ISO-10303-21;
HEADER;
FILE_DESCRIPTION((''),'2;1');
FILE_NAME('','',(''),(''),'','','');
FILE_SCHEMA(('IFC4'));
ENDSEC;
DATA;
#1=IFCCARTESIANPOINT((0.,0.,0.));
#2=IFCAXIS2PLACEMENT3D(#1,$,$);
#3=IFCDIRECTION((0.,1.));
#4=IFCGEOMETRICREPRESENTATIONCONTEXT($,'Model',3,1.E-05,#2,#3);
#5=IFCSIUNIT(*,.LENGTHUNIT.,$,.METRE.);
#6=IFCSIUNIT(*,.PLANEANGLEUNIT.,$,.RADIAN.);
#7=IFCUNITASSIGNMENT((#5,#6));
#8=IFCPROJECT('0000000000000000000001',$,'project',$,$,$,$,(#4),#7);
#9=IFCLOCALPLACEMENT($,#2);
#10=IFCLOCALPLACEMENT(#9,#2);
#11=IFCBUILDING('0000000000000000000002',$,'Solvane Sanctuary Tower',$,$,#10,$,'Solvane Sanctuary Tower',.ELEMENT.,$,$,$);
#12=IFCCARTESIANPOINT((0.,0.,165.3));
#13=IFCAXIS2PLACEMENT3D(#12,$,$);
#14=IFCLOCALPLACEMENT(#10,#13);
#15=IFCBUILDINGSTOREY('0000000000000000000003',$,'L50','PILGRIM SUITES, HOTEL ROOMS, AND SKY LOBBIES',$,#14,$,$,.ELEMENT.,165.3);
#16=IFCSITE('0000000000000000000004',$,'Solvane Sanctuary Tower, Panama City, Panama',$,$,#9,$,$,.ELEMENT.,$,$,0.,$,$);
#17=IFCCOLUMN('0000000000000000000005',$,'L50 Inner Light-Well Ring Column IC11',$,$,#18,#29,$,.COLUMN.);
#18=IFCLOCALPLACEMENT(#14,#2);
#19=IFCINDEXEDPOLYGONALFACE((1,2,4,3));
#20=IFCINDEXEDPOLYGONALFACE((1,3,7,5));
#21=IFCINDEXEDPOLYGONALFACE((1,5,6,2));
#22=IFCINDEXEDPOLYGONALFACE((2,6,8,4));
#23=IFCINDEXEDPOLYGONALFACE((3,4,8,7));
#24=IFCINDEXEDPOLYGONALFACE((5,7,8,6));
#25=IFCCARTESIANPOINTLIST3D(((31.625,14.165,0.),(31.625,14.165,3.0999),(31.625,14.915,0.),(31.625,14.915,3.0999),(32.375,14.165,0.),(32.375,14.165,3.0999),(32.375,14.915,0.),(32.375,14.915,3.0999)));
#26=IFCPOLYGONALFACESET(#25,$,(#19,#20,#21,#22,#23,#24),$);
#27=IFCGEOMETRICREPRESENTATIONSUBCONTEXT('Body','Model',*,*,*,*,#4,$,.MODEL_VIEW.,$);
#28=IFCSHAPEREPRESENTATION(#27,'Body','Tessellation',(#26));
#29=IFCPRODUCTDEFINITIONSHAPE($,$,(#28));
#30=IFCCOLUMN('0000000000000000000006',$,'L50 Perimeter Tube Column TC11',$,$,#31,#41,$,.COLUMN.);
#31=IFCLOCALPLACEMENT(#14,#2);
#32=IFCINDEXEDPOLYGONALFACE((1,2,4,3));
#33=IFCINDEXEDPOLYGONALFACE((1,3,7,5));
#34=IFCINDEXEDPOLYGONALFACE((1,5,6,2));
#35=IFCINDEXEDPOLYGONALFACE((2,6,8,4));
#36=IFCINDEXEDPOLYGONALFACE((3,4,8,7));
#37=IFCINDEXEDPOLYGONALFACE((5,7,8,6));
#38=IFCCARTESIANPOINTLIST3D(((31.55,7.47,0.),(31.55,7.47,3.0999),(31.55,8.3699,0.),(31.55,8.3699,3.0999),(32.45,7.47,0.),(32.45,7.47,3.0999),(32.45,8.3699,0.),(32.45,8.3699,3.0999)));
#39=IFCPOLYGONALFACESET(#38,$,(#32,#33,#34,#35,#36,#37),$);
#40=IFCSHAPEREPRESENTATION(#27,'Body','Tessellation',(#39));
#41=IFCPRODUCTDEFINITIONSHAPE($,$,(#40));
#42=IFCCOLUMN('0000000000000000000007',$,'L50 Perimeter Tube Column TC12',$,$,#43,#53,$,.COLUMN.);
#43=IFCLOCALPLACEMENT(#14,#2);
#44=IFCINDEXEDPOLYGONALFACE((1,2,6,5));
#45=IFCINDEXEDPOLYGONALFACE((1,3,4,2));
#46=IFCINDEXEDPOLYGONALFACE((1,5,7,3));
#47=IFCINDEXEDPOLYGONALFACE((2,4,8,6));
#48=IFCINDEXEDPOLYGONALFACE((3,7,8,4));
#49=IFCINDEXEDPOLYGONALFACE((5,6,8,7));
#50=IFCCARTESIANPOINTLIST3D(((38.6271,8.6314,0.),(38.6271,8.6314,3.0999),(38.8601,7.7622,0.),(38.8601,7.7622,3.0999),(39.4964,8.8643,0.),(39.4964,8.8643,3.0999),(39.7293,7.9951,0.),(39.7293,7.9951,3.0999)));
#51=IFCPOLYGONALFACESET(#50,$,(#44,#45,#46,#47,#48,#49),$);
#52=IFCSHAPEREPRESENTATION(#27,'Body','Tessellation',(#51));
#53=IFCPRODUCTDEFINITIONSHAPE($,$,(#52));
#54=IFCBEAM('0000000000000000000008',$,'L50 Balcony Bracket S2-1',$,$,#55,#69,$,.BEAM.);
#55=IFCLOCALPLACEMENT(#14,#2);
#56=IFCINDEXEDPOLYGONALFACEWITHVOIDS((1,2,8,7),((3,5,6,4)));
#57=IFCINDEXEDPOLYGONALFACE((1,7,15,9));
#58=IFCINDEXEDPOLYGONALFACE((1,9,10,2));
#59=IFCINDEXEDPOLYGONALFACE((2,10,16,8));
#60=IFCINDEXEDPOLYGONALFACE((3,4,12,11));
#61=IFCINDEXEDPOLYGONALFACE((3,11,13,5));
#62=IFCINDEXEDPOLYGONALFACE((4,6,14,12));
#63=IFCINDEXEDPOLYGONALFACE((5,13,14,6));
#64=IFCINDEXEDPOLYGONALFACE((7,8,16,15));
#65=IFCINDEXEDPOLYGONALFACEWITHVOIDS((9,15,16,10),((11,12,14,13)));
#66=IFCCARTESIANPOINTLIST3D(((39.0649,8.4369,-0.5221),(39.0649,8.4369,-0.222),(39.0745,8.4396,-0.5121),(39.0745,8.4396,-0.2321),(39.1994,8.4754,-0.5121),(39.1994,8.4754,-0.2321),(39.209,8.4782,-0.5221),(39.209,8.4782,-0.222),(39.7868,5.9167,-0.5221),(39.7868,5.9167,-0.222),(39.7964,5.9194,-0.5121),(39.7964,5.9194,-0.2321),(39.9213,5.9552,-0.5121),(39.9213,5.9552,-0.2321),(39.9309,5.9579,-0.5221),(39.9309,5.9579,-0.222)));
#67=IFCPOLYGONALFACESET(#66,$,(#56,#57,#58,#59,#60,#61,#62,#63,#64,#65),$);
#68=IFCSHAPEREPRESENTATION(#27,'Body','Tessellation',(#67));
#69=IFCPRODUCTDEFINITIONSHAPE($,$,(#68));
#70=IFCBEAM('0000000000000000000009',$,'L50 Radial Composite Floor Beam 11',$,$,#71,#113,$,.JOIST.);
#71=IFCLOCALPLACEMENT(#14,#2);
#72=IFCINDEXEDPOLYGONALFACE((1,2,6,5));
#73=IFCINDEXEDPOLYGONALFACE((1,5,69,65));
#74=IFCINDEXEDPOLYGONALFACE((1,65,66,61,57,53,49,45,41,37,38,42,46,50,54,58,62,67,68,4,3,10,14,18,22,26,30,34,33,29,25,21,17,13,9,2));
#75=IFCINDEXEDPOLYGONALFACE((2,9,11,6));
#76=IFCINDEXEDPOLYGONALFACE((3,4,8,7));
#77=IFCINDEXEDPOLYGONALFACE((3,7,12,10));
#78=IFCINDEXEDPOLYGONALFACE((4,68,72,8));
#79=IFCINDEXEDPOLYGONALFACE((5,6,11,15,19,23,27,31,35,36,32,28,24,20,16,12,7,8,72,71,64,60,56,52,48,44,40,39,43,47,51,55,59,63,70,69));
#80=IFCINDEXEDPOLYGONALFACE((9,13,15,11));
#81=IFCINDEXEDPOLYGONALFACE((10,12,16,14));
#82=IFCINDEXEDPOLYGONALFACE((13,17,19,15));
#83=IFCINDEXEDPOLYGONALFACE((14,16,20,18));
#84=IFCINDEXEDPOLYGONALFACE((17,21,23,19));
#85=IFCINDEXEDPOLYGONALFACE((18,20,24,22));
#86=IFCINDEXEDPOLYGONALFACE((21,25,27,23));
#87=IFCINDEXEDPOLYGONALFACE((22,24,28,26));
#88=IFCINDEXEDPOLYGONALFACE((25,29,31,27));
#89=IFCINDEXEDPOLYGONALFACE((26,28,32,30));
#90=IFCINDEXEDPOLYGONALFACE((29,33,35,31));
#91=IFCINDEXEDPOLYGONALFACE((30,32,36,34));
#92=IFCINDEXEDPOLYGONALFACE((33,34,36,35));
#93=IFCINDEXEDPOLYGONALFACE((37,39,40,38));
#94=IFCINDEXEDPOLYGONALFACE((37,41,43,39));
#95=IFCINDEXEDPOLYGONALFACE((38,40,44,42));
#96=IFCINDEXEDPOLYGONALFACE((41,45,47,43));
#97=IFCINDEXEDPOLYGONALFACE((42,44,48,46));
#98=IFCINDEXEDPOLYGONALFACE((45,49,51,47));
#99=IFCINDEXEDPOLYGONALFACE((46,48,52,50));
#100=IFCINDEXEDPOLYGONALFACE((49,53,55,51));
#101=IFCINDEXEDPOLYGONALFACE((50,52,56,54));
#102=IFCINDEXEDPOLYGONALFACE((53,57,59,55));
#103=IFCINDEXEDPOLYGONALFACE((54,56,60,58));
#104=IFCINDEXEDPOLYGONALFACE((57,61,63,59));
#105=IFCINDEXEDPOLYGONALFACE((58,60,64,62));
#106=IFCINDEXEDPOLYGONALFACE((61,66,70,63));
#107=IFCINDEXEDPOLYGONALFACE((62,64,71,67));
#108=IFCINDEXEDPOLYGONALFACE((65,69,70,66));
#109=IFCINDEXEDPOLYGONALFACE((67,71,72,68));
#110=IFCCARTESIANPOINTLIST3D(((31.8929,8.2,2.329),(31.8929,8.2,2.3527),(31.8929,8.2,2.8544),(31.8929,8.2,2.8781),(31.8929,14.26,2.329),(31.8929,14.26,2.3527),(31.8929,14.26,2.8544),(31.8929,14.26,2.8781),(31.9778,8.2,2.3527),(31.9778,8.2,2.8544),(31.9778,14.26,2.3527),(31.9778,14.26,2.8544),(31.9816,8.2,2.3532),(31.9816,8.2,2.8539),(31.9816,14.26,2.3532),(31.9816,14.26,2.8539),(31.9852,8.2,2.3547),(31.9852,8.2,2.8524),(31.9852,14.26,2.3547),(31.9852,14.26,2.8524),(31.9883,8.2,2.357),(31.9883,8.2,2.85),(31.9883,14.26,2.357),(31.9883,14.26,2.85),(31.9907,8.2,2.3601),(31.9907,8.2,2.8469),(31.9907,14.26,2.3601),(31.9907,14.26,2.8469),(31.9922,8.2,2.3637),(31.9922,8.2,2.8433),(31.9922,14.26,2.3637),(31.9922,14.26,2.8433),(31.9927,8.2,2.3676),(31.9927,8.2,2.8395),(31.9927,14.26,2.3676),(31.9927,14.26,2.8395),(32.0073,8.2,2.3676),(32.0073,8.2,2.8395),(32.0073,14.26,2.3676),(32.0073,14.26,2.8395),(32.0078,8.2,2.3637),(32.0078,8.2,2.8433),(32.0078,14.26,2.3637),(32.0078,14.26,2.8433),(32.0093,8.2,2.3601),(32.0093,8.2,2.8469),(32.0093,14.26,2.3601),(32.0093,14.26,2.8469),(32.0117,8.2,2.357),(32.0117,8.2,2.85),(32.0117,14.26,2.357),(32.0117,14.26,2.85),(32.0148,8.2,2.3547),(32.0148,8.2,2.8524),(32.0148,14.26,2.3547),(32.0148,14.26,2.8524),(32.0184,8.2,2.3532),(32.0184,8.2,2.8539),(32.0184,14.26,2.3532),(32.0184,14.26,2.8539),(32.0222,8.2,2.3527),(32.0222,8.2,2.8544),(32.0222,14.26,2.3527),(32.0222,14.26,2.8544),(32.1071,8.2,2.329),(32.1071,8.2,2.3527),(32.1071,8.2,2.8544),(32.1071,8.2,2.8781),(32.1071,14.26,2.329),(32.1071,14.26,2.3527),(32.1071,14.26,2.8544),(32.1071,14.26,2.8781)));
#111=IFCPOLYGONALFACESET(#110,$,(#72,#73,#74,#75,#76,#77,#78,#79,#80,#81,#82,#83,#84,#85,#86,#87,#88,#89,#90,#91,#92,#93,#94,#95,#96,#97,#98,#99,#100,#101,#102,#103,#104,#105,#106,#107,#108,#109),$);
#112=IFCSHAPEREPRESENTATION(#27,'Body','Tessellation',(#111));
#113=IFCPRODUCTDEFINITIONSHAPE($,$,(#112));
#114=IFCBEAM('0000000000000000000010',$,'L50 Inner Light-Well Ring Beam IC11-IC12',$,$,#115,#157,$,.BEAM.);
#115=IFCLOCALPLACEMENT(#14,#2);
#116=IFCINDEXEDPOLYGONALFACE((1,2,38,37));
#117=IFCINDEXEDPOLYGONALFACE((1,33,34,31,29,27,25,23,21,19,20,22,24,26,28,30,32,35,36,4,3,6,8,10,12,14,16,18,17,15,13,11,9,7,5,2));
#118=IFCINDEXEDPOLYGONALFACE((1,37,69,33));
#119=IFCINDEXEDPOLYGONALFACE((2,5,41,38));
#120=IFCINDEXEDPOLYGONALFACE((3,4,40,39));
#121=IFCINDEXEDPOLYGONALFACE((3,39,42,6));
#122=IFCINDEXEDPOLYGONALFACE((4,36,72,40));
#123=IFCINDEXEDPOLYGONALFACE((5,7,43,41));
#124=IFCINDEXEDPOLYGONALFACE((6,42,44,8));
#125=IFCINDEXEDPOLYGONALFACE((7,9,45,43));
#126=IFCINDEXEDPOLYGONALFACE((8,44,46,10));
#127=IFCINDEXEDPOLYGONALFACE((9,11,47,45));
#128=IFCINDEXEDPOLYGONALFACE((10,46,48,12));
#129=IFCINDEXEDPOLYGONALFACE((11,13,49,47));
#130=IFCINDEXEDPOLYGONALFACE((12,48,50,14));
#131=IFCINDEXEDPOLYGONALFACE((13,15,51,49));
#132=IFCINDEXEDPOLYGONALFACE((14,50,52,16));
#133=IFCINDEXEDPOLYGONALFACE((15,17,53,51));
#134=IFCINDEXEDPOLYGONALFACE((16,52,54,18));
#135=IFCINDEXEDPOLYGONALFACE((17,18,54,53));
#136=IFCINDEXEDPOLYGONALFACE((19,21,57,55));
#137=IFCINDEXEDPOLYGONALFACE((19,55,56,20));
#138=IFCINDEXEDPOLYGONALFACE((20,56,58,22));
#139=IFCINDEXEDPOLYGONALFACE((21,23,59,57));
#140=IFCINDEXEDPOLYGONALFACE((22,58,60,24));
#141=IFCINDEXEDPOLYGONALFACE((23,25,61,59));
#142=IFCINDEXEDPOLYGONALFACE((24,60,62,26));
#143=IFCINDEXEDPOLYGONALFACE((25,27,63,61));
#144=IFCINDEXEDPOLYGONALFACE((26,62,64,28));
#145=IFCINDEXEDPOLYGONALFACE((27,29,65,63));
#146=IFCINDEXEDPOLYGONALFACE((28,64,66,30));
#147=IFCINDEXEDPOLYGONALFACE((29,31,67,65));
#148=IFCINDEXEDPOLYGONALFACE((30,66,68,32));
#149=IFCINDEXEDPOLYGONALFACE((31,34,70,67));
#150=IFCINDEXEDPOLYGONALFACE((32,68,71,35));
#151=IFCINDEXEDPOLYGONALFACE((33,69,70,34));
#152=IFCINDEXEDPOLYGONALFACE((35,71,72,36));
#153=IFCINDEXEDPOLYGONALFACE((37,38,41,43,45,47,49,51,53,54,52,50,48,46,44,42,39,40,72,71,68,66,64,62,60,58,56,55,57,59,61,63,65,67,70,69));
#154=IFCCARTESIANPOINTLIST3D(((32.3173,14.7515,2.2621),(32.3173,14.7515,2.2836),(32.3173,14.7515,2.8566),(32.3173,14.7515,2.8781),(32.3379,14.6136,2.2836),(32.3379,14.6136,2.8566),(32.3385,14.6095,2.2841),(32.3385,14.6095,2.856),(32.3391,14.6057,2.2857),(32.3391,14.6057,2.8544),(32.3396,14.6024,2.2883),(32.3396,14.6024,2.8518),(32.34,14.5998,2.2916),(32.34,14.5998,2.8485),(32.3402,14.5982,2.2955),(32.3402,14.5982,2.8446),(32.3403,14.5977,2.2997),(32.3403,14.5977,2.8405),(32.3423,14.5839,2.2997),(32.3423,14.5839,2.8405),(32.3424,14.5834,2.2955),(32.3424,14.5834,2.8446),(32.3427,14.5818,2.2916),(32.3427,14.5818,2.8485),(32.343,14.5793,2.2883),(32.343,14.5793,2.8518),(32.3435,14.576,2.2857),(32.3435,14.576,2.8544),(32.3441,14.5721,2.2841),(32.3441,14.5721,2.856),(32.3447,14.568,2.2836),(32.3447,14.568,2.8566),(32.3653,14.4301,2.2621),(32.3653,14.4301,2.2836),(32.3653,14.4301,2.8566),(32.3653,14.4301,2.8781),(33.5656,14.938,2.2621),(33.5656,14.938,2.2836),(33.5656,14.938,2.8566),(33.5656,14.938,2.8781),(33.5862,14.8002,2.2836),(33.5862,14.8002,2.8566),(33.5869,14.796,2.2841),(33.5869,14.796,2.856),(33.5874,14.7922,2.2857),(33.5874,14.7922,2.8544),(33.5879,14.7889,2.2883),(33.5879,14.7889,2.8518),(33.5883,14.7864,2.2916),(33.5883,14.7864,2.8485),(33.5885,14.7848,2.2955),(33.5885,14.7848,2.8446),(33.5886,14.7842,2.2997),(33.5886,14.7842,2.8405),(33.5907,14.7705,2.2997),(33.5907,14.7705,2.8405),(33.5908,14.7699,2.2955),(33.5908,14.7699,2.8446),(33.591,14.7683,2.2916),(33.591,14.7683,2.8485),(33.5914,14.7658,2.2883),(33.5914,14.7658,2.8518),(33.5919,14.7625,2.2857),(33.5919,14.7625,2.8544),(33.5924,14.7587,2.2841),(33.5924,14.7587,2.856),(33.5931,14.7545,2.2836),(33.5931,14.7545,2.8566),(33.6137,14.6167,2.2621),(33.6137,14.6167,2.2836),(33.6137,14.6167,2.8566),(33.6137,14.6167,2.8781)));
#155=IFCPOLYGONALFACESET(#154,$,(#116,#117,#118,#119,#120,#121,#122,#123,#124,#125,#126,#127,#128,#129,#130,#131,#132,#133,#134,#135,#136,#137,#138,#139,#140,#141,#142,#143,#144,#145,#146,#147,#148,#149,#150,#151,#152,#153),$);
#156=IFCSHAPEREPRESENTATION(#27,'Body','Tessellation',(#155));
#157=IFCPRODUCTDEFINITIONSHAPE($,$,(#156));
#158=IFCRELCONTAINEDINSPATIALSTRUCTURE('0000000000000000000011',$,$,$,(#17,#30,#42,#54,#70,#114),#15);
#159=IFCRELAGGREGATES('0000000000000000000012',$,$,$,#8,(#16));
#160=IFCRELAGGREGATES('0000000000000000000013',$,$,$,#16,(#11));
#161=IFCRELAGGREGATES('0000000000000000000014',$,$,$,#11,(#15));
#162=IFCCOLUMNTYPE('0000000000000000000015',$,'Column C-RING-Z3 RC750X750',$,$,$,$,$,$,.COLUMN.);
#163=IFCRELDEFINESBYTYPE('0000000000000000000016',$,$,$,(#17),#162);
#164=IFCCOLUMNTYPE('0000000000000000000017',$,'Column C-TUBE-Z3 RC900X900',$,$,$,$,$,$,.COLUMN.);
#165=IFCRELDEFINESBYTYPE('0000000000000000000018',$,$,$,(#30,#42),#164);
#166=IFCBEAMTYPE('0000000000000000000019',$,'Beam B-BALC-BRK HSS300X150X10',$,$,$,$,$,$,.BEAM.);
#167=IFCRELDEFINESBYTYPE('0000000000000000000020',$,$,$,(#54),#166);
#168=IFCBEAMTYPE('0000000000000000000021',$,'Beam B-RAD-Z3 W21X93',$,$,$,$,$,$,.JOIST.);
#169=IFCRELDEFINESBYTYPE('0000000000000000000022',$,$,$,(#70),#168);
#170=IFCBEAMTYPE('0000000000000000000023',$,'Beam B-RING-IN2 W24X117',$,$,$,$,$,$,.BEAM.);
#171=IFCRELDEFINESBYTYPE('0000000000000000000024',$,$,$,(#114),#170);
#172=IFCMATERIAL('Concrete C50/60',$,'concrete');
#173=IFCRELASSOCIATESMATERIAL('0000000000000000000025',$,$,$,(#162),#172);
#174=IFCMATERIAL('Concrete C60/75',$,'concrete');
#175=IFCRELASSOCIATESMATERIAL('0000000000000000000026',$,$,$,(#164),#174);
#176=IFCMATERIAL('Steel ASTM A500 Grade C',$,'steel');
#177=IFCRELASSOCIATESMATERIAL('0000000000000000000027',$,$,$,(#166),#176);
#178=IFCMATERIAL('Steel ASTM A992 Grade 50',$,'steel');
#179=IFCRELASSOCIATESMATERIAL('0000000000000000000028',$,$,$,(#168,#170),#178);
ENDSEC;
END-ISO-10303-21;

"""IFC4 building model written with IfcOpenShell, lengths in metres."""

from ifc_helpers import new_model, si_unit, direction, frame, origin, origin_2d, place, context, subcontext, project, spatial, rectangle, hollow_rectangle, i_section, extrude, material, material_profile, profile_set, type_object, element, save


model = new_model("IFC4")

# Units and contexts
model_context = context("Model", 3, precision=1e-05, world=origin(), true_north=direction((0.0, 1.0)))
body_context = subcontext(model_context, "Body", "Model", "MODEL_VIEW")
ifc_project = project(units=[si_unit("LENGTHUNIT", "METRE"), si_unit("PLANEANGLEUNIT", "RADIAN")], contexts=[model_context])

# Site, building, storey
site_placement = place(None, origin())
site = spatial("IfcSite", under=ifc_project, at=site_placement, Name="Solvane Sanctuary Tower, Panama City, Panama", CompositionType="ELEMENT", RefElevation=0.0)
building_placement = place(site_placement, origin())
building = spatial("IfcBuilding", under=site, at=building_placement, Name="Solvane Sanctuary Tower", LongName="Solvane Sanctuary Tower", CompositionType="ELEMENT")
storey_placement = place(building_placement, frame((0.0, 0.0, 165.3)))
storey = spatial("IfcBuildingStorey", under=building, at=storey_placement, Name="L50", Description="PILGRIM SUITES, HOTEL ROOMS, AND SKY LOBBIES", CompositionType="ELEMENT", Elevation=165.3)

# Columns
ifc_material_1 = material(Name="Concrete C50/60", Category="concrete")
ifc_material_profile_1 = material_profile(ifc_material_1, rectangle(XDim=0.75, YDim=0.75, at=origin_2d()), Name="RC750X750")
ifc_profile_set_1 = profile_set([ifc_material_profile_1], Name="Concrete C50/60")
column_type_1 = type_object("IfcColumnType", Name="Column C-RING-Z3 RC750X750", PredefinedType="COLUMN", material=ifc_profile_set_1)
column_placement = place(storey_placement, frame((32.0, 14.54, 0.0), z_axis=(0.0, 0.0, 1.0), x_axis=(1.0, 0.0, 0.0)))
element("IfcColumn", 1, at=column_placement, inside=storey, type_object=column_type_1, Name="L50 Inner Light-Well Ring Column IC11", PredefinedType="COLUMN", context=body_context, shape_type="SweptSolid", body=[
    extrude(rectangle(XDim=0.75, YDim=0.75, at=origin_2d()), origin(), (0.0, 0.0, 1.0), 3.0999),
])
ifc_material_2 = material(Name="Concrete C60/75", Category="concrete")
ifc_material_profile_2 = material_profile(ifc_material_2, rectangle(XDim=0.8999, YDim=0.8999, at=origin_2d()), Name="RC900X900")
ifc_profile_set_2 = profile_set([ifc_material_profile_2], Name="Concrete C60/75")
column_type_2 = type_object("IfcColumnType", Name="Column C-TUBE-Z3 RC900X900", PredefinedType="COLUMN", material=ifc_profile_set_2)
for number, where, z_axis, x_axis, name in (
    (2, (32.0, 7.9199, 0.0), (0.0, 0.0, 1.0), (0.0, -1.0, 0.0), "L50 Perimeter Tube Column TC11"),
    (3, (39.1782, 8.3132, 0.0), (0.0, 0.0, 1.0), (0.258819, -0.965926, 0.0), "L50 Perimeter Tube Column TC12"),
):
    element("IfcColumn", number, at=place(storey_placement, frame(where, z_axis=z_axis, x_axis=x_axis)), inside=storey, type_object=column_type_2, Name=name, PredefinedType="COLUMN", context=body_context, shape_type="SweptSolid", body=[
        extrude(rectangle(XDim=0.8999, YDim=0.8999, at=origin_2d()), origin(), (0.0, 0.0, 1.0), 3.0999),
    ])

# Beams
ifc_material_3 = material(Name="Steel ASTM A500 Grade C", Category="steel")
ifc_material_profile_3 = material_profile(ifc_material_3, hollow_rectangle(XDim=0.1499, YDim=0.3, WallThickness=0.01, at=origin_2d()), Name="HSS300X150X10")
ifc_profile_set_3 = profile_set([ifc_material_profile_3], Name="Steel ASTM A500 Grade C")
beam_type_1 = type_object("IfcBeamType", Name="Beam B-BALC-BRK HSS300X150X10", PredefinedType="BEAM", material=ifc_profile_set_3)
beam_1_placement = place(storey_placement, frame((39.137, 8.4575, -0.3721), z_axis=(0.275373, -0.961337, 0.0), x_axis=(0.961337, 0.275373, 0.0)))
element("IfcBeam", 4, at=beam_1_placement, inside=storey, type_object=beam_type_1, Name="L50 Balcony Bracket S2-1", PredefinedType="BEAM", context=body_context, shape_type="SweptSolid", body=[
    extrude(hollow_rectangle(XDim=0.1499, YDim=0.3, WallThickness=0.01, at=origin_2d()), origin(), (0.0, 0.0, 1.0), 2.6216),
])
ifc_material_4 = material(Name="Steel ASTM A992 Grade 50", Category="steel")
ifc_material_profile_4 = material_profile(ifc_material_4, i_section(OverallWidth=0.2141, OverallDepth=0.5491, WebThickness=0.0146, FlangeThickness=0.0237, FilletRadius=0.0149, at=origin_2d()), Name="W21X93")
ifc_profile_set_4 = profile_set([ifc_material_profile_4], Name="Steel ASTM A992 Grade 50")
beam_type_2 = type_object("IfcBeamType", Name="Beam B-RAD-Z3 W21X93", PredefinedType="JOIST", material=ifc_profile_set_4)
beam_2_placement = place(storey_placement, frame((32.0, 14.26, 2.6035), z_axis=(0.0, -1.0, 0.0), x_axis=(1.0, 0.0, 0.0)))
element("IfcBeam", 5, at=beam_2_placement, inside=storey, type_object=beam_type_2, Name="L50 Radial Composite Floor Beam 11", PredefinedType="JOIST", context=body_context, shape_type="SweptSolid", body=[
    extrude(i_section(OverallWidth=0.2141, OverallDepth=0.5491, WebThickness=0.0146, FlangeThickness=0.0237, FilletRadius=0.0149, at=origin_2d()), origin(), (0.0, 0.0, 1.0), 6.0601),
])
ifc_material_profile_5 = material_profile(ifc_material_4, i_section(OverallWidth=0.325, OverallDepth=0.616, WebThickness=0.0139, FlangeThickness=0.0215, FilletRadius=0.0161, at=origin_2d()), Name="W24X117")
ifc_profile_set_5 = profile_set([ifc_material_profile_5], Name="Steel ASTM A992 Grade 50")
beam_type_3 = type_object("IfcBeamType", Name="Beam B-RING-IN2 W24X117", PredefinedType="BEAM", material=ifc_profile_set_5)
beam_3_placement = place(storey_placement, frame((32.3413, 14.5908, 2.5701), z_axis=(0.98902, 0.147782, 0.0), x_axis=(-0.147782, 0.98902, 0.0)))
element("IfcBeam", 6, at=beam_3_placement, inside=storey, type_object=beam_type_3, Name="L50 Inner Light-Well Ring Beam IC11-IC12", PredefinedType="BEAM", context=body_context, shape_type="SweptSolid", body=[
    extrude(i_section(OverallWidth=0.325, OverallDepth=0.616, WebThickness=0.0139, FlangeThickness=0.0215, FilletRadius=0.0161, at=origin_2d()), origin(), (0.0, 0.0, 1.0), 1.2622),
])

save(model, "model.ifc")
